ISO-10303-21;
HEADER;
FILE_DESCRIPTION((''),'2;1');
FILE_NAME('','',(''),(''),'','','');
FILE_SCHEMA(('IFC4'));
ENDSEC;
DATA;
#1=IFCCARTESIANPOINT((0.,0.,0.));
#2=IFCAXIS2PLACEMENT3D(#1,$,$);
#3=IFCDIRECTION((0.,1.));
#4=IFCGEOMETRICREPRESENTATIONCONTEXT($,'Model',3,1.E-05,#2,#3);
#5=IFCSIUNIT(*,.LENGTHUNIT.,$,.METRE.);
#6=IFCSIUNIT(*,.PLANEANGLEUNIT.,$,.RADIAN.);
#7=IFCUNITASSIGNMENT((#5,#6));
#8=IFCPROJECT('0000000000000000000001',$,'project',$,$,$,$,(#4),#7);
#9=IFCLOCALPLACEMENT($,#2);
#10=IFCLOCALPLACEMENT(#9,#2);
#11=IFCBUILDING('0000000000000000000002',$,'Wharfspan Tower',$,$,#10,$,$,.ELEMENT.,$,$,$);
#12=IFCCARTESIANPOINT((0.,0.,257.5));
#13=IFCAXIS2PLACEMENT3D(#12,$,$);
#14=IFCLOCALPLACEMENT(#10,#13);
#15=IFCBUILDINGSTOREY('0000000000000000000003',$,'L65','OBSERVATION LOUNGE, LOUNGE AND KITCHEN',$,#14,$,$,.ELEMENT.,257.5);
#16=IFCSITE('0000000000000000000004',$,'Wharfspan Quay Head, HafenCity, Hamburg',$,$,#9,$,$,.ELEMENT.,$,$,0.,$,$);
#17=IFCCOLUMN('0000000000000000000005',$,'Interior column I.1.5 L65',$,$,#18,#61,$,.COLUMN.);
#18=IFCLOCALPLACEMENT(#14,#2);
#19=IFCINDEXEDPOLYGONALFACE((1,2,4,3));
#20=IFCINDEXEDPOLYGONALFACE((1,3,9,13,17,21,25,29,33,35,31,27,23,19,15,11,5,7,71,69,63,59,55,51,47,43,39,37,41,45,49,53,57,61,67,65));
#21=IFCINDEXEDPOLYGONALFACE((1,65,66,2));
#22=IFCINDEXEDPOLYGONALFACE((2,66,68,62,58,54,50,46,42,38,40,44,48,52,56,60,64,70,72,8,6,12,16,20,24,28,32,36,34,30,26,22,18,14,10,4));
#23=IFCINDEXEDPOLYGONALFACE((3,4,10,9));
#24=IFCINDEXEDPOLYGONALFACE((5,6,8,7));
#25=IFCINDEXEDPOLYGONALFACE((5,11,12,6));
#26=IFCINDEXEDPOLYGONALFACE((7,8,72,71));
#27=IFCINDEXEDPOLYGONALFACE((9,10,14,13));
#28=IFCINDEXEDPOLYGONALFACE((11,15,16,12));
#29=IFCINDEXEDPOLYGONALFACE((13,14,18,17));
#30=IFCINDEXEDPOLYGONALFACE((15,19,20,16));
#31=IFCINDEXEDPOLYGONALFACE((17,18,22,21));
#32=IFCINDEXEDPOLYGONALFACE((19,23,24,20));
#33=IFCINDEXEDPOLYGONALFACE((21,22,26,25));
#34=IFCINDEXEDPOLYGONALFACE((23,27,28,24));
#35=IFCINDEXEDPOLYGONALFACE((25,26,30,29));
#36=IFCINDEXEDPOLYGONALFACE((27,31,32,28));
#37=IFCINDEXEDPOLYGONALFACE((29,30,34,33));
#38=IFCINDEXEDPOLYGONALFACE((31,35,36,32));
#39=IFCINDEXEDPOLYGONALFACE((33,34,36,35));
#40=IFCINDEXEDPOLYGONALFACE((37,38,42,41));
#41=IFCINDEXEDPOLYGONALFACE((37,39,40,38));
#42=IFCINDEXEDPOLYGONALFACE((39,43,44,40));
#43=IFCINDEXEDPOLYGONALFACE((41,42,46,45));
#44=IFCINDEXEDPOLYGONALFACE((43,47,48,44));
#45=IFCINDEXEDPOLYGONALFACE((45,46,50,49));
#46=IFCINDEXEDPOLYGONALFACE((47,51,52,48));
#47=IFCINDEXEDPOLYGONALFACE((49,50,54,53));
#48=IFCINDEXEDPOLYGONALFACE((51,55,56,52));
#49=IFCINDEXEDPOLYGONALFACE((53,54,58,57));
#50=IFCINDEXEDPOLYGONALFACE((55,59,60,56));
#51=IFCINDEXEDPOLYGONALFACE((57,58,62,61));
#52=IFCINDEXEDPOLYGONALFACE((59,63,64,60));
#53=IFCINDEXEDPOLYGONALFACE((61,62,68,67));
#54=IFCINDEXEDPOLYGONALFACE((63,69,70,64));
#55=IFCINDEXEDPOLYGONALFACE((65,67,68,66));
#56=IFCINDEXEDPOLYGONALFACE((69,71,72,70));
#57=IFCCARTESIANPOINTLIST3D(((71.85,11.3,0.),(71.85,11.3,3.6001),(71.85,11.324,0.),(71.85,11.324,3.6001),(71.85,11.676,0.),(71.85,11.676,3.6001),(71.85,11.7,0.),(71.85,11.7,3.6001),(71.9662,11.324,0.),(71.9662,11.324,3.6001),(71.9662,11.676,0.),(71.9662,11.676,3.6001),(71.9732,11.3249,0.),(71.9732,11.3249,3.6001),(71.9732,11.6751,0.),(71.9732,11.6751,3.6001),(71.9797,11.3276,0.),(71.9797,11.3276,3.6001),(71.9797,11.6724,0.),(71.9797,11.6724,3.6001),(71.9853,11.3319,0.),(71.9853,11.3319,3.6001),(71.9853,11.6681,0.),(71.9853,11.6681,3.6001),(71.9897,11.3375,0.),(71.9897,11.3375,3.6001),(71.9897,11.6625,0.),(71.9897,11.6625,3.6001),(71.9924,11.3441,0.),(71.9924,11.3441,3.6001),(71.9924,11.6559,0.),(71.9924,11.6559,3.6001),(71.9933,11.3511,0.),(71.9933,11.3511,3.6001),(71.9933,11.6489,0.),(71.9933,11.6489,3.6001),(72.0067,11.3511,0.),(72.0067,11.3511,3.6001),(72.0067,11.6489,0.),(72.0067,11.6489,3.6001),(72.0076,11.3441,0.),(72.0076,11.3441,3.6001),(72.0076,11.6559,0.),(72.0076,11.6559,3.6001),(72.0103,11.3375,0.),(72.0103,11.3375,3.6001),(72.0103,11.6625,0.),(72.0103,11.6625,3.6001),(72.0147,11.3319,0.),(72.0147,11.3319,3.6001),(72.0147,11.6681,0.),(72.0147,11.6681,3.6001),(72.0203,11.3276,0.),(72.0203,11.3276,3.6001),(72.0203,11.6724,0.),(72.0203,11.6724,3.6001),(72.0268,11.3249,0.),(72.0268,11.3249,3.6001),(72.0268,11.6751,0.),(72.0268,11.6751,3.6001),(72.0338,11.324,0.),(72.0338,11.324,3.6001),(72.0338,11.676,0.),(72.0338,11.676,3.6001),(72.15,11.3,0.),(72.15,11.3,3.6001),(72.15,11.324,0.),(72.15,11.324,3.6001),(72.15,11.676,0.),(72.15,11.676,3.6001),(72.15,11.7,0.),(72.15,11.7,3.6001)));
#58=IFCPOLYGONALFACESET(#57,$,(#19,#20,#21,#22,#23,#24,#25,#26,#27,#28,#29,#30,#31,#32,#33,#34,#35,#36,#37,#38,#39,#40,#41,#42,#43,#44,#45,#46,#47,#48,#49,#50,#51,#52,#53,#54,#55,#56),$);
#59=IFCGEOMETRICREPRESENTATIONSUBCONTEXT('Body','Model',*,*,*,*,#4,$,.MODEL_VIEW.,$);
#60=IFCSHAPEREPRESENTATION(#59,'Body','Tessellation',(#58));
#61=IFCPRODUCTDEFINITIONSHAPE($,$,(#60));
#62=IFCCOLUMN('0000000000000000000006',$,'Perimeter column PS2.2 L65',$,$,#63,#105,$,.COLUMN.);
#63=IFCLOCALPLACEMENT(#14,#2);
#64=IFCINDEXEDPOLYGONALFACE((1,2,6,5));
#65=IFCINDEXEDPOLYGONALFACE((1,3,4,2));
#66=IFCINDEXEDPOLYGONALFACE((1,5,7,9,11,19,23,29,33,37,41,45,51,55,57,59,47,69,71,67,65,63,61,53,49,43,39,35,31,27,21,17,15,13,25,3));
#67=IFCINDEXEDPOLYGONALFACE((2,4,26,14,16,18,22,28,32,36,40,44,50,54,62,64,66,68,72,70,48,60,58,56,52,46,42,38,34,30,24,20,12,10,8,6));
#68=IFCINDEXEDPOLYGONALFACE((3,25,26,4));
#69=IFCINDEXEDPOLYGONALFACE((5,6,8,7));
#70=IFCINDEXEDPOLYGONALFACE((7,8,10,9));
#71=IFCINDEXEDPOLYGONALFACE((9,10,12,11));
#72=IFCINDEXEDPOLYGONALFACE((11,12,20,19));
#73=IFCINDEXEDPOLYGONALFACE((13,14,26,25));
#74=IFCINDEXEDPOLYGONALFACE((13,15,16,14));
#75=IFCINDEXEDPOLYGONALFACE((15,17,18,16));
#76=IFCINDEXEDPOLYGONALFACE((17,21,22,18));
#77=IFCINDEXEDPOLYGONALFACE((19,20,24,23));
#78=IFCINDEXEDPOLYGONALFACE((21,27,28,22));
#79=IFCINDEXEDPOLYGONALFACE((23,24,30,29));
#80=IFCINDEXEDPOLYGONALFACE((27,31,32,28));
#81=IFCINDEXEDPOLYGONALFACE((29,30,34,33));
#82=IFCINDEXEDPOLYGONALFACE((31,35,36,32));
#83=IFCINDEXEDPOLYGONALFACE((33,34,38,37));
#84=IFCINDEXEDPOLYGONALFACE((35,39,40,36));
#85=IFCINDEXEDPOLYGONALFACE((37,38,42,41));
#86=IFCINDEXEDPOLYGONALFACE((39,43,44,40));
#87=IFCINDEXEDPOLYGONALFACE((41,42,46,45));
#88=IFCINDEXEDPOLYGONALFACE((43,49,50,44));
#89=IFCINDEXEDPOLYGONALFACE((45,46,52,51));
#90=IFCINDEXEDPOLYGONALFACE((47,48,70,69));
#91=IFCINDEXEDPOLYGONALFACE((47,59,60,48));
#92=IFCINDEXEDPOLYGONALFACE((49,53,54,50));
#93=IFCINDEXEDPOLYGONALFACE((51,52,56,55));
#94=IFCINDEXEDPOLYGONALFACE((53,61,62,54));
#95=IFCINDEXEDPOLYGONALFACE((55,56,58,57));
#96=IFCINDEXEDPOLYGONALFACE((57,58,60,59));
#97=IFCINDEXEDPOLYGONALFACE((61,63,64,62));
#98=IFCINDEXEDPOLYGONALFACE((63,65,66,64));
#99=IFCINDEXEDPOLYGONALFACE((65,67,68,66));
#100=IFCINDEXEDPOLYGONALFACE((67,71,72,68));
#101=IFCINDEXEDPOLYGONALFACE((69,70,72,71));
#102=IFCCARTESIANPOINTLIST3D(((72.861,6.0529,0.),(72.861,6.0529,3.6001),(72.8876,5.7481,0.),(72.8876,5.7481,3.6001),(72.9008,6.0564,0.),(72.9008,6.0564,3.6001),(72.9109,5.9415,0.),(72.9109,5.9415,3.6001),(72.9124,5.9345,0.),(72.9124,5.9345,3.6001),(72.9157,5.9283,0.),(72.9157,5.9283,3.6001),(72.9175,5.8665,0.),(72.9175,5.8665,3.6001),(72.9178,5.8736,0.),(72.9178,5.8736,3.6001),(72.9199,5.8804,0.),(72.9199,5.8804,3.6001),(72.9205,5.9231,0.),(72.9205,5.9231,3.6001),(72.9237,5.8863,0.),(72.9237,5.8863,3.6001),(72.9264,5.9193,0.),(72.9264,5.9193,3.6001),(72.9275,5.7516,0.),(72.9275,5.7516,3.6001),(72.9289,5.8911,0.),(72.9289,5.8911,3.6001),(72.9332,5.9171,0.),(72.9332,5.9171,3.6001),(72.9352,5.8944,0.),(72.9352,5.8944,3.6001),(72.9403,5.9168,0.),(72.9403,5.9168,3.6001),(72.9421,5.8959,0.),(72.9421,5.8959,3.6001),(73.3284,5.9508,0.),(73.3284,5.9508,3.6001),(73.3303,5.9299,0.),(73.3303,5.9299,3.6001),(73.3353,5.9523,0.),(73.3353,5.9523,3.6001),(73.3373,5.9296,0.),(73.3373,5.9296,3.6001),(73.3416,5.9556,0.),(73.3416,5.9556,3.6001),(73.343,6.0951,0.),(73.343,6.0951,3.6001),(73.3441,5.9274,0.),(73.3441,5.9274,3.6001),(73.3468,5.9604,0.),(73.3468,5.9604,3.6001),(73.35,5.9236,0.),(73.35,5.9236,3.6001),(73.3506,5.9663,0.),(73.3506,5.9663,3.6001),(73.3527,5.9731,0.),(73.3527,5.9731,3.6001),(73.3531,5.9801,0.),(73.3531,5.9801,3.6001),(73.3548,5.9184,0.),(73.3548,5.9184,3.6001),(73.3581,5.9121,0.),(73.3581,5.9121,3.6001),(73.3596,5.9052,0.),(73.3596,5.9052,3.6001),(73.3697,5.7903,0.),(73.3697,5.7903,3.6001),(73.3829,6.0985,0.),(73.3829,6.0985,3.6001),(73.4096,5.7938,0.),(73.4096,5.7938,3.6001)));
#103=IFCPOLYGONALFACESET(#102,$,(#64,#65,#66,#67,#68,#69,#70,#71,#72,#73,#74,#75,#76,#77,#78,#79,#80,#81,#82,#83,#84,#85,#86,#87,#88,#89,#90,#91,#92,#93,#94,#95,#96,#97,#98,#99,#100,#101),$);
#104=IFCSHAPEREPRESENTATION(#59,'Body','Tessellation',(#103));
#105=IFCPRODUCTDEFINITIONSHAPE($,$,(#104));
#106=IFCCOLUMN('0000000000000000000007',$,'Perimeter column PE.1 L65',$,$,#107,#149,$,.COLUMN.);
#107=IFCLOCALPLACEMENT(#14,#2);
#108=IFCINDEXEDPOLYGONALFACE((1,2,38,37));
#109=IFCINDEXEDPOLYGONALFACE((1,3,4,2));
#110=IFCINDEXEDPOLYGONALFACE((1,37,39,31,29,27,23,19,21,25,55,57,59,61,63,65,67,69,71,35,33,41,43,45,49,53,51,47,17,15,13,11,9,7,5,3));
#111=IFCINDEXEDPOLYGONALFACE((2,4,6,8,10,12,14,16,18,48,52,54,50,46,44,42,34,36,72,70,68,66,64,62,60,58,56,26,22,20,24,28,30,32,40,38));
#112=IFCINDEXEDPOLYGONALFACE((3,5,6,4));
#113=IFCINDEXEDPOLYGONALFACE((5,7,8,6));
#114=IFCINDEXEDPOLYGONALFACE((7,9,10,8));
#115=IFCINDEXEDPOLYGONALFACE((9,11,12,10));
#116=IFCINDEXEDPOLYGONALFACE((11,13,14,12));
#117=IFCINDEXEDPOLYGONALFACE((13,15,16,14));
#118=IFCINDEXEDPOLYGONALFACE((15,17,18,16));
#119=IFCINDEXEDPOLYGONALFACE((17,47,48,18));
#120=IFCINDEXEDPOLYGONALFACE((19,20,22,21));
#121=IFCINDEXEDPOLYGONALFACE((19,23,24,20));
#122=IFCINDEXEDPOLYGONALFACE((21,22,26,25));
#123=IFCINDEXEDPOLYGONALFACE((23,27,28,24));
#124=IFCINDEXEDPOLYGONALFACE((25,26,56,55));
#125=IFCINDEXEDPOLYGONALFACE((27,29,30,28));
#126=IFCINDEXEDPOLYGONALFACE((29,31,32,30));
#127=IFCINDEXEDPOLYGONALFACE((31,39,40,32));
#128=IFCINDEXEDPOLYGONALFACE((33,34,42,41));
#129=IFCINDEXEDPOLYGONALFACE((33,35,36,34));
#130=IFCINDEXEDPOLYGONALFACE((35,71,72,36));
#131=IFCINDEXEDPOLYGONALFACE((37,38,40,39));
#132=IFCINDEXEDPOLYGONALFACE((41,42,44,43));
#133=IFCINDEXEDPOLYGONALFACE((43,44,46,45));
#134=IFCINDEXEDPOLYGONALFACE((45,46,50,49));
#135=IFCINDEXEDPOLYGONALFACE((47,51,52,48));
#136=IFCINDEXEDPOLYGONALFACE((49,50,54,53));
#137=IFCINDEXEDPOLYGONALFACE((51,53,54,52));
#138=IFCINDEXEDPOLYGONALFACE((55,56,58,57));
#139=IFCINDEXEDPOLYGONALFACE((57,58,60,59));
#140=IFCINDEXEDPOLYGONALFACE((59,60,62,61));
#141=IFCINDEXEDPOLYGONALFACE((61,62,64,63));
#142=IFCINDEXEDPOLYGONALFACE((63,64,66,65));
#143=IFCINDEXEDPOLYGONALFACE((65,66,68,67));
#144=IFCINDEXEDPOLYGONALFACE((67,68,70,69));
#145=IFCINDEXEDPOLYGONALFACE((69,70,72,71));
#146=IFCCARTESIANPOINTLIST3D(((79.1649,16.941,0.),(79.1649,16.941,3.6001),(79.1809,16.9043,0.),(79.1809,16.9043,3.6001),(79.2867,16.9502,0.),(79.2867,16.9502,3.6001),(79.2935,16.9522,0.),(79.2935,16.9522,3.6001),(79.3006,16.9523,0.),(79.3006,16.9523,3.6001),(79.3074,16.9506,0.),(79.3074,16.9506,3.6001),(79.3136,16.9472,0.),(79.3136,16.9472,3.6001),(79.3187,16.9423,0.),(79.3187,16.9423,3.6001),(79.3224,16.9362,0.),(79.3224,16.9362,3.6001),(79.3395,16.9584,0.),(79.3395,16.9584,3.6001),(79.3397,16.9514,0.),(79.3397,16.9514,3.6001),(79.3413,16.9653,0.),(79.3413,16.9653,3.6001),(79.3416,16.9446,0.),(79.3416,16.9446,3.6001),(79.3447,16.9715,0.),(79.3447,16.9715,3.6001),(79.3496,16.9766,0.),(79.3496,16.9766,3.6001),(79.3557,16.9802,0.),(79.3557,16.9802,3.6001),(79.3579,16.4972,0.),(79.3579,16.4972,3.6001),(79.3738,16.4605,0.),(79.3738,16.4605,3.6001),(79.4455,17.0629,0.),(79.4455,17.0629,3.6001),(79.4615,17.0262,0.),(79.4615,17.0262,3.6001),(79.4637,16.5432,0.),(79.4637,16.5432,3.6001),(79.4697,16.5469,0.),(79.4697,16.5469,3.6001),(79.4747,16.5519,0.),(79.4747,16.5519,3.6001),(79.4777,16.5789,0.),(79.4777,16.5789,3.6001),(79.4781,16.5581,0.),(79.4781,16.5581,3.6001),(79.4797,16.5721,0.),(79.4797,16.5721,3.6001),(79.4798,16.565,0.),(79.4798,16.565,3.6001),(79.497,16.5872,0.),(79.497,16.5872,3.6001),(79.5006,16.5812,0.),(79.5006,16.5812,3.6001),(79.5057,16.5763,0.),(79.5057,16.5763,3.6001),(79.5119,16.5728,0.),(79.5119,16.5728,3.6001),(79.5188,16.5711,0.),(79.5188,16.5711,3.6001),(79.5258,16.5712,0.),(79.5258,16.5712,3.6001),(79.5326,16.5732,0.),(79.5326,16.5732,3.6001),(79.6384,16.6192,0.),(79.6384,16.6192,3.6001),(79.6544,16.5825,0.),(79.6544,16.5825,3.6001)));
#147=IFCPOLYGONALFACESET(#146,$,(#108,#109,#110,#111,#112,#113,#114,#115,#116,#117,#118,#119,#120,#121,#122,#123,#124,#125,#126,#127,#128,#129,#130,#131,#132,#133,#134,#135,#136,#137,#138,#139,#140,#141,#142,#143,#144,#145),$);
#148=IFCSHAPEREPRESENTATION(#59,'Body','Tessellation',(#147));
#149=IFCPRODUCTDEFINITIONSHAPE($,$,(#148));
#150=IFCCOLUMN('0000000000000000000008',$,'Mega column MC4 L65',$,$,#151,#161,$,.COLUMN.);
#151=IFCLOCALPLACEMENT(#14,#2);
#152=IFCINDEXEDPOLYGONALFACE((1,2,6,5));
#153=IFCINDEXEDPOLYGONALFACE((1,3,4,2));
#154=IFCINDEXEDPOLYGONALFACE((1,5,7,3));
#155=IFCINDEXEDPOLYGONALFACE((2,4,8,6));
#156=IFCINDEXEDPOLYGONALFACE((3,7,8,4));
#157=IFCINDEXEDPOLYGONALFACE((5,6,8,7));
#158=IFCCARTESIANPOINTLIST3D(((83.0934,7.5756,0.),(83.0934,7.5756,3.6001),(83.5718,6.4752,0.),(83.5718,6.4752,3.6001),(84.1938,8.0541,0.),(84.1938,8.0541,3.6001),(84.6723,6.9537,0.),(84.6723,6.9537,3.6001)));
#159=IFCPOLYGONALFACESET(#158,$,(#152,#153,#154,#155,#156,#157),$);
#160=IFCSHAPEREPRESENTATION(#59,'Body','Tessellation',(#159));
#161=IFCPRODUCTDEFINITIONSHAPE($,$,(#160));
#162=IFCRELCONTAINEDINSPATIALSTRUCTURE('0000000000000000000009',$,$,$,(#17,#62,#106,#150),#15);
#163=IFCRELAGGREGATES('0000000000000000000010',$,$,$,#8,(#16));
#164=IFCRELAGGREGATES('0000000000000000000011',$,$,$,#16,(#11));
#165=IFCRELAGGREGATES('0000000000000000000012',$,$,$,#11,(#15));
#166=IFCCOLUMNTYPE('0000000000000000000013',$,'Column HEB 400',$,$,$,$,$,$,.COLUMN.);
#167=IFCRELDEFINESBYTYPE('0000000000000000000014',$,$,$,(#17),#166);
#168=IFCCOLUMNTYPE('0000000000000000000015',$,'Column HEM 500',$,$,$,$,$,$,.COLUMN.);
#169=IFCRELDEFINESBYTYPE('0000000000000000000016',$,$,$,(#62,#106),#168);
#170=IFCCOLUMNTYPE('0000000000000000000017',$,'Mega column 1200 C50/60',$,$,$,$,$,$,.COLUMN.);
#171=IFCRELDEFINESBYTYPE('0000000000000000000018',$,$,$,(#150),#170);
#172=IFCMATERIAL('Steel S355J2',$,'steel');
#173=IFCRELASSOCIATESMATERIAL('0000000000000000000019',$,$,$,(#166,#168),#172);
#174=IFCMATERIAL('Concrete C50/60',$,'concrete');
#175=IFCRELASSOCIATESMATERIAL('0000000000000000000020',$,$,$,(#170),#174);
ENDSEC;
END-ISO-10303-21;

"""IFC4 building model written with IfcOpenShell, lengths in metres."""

from ifc_helpers import new_model, si_unit, direction, frame, origin, origin_2d, place, context, subcontext, project, spatial, rectangle, i_section, extrude, material, material_profile, profile_set, type_object, element, save


model = new_model("IFC4")

# Units and contexts
model_context = context("Model", 3, precision=1e-05, world=origin(), true_north=direction((0.0, 1.0)))
body_context = subcontext(model_context, "Body", "Model", "MODEL_VIEW")
ifc_project = project(units=[si_unit("LENGTHUNIT", "METRE"), si_unit("PLANEANGLEUNIT", "RADIAN")], contexts=[model_context])

# Site, building, storey
site_placement = place(None, origin())
site = spatial("IfcSite", under=ifc_project, at=site_placement, Name="Wharfspan Quay Head, HafenCity, Hamburg", CompositionType="ELEMENT", RefElevation=0.0)
building_placement = place(site_placement, origin())
building = spatial("IfcBuilding", under=site, at=building_placement, Name="Wharfspan Tower", CompositionType="ELEMENT")
storey_placement = place(building_placement, frame((0.0, 0.0, 257.5)))
storey = spatial("IfcBuildingStorey", under=building, at=storey_placement, Name="L65", Description="OBSERVATION LOUNGE, LOUNGE AND KITCHEN", CompositionType="ELEMENT", Elevation=257.5)

# Columns
ifc_material_1 = material(Name="Steel S355J2", Category="steel")
ifc_material_profile_1 = material_profile(ifc_material_1, i_section(OverallWidth=0.3, OverallDepth=0.3999, WebThickness=0.0134, FlangeThickness=0.0239, FilletRadius=0.0271, at=origin_2d()))
ifc_profile_set_1 = profile_set([ifc_material_profile_1], Name="Steel S355J2")
column_type_1 = type_object("IfcColumnType", Name="Column HEB 400", PredefinedType="COLUMN", material=ifc_profile_set_1)
column_1_placement = place(storey_placement, frame((72.0, 11.5, 0.0), z_axis=(0.0, 0.0, 1.0), x_axis=(1.0, 0.0, 0.0)))
element("IfcColumn", 1, at=column_1_placement, inside=storey, type_object=column_type_1, Name="Interior column I.1.5 L65", PredefinedType="COLUMN", context=body_context, shape_type="SweptSolid", body=[
    extrude(i_section(OverallWidth=0.3, OverallDepth=0.3999, WebThickness=0.0134, FlangeThickness=0.0239, FilletRadius=0.0271, at=origin_2d()), origin(), (0.0, 0.0, 1.0), 3.6001),
])
ifc_material_profile_2 = material_profile(ifc_material_1, i_section(OverallWidth=0.3059, OverallDepth=0.5239, WebThickness=0.021, FlangeThickness=0.04, FilletRadius=0.0271, at=origin_2d()))
ifc_profile_set_2 = profile_set([ifc_material_profile_2], Name="Steel S355J2")
column_type_2 = type_object("IfcColumnType", Name="Column HEM 500", PredefinedType="COLUMN", material=ifc_profile_set_2)
for number, where, z_axis, x_axis, name in (
    (2, (73.1353, 5.9233, 0.0), (0.0, 0.0, 1.0), (0.087156, -0.996197, 0.0), "Perimeter column PS2.2 L65"),
    (3, (79.4097, 16.7617, 0.0), (0.0, 0.0, 1.0), (0.917072, 0.398727, 0.0), "Perimeter column PE.1 L65"),
):
    element("IfcColumn", number, at=place(storey_placement, frame(where, z_axis=z_axis, x_axis=x_axis)), inside=storey, type_object=column_type_2, Name=name, PredefinedType="COLUMN", context=body_context, shape_type="SweptSolid", body=[
        extrude(i_section(OverallWidth=0.3059, OverallDepth=0.5239, WebThickness=0.021, FlangeThickness=0.04, FilletRadius=0.0271, at=origin_2d()), origin(), (0.0, 0.0, 1.0), 3.6001),
    ])
ifc_material_2 = material(Name="Concrete C50/60", Category="concrete")
ifc_material_profile_3 = material_profile(ifc_material_2, rectangle(XDim=1.2, YDim=1.2, at=origin_2d()))
ifc_profile_set_3 = profile_set([ifc_material_profile_3], Name="Concrete C50/60")
column_type_3 = type_object("IfcColumnType", Name="Mega column 1200 C50/60", PredefinedType="COLUMN", material=ifc_profile_set_3)
column_2_placement = place(storey_placement, frame((83.8828, 7.2646, 0.0), z_axis=(0.0, 0.0, 1.0), x_axis=(-0.398727, 0.917072, 0.0)))
element("IfcColumn", 4, at=column_2_placement, inside=storey, type_object=column_type_3, Name="Mega column MC4 L65", PredefinedType="COLUMN", context=body_context, shape_type="SweptSolid", body=[
    extrude(rectangle(XDim=1.2, YDim=1.2, at=origin_2d()), origin(), (0.0, 0.0, 1.0), 3.6001),
])

save(model, "model.ifc")
